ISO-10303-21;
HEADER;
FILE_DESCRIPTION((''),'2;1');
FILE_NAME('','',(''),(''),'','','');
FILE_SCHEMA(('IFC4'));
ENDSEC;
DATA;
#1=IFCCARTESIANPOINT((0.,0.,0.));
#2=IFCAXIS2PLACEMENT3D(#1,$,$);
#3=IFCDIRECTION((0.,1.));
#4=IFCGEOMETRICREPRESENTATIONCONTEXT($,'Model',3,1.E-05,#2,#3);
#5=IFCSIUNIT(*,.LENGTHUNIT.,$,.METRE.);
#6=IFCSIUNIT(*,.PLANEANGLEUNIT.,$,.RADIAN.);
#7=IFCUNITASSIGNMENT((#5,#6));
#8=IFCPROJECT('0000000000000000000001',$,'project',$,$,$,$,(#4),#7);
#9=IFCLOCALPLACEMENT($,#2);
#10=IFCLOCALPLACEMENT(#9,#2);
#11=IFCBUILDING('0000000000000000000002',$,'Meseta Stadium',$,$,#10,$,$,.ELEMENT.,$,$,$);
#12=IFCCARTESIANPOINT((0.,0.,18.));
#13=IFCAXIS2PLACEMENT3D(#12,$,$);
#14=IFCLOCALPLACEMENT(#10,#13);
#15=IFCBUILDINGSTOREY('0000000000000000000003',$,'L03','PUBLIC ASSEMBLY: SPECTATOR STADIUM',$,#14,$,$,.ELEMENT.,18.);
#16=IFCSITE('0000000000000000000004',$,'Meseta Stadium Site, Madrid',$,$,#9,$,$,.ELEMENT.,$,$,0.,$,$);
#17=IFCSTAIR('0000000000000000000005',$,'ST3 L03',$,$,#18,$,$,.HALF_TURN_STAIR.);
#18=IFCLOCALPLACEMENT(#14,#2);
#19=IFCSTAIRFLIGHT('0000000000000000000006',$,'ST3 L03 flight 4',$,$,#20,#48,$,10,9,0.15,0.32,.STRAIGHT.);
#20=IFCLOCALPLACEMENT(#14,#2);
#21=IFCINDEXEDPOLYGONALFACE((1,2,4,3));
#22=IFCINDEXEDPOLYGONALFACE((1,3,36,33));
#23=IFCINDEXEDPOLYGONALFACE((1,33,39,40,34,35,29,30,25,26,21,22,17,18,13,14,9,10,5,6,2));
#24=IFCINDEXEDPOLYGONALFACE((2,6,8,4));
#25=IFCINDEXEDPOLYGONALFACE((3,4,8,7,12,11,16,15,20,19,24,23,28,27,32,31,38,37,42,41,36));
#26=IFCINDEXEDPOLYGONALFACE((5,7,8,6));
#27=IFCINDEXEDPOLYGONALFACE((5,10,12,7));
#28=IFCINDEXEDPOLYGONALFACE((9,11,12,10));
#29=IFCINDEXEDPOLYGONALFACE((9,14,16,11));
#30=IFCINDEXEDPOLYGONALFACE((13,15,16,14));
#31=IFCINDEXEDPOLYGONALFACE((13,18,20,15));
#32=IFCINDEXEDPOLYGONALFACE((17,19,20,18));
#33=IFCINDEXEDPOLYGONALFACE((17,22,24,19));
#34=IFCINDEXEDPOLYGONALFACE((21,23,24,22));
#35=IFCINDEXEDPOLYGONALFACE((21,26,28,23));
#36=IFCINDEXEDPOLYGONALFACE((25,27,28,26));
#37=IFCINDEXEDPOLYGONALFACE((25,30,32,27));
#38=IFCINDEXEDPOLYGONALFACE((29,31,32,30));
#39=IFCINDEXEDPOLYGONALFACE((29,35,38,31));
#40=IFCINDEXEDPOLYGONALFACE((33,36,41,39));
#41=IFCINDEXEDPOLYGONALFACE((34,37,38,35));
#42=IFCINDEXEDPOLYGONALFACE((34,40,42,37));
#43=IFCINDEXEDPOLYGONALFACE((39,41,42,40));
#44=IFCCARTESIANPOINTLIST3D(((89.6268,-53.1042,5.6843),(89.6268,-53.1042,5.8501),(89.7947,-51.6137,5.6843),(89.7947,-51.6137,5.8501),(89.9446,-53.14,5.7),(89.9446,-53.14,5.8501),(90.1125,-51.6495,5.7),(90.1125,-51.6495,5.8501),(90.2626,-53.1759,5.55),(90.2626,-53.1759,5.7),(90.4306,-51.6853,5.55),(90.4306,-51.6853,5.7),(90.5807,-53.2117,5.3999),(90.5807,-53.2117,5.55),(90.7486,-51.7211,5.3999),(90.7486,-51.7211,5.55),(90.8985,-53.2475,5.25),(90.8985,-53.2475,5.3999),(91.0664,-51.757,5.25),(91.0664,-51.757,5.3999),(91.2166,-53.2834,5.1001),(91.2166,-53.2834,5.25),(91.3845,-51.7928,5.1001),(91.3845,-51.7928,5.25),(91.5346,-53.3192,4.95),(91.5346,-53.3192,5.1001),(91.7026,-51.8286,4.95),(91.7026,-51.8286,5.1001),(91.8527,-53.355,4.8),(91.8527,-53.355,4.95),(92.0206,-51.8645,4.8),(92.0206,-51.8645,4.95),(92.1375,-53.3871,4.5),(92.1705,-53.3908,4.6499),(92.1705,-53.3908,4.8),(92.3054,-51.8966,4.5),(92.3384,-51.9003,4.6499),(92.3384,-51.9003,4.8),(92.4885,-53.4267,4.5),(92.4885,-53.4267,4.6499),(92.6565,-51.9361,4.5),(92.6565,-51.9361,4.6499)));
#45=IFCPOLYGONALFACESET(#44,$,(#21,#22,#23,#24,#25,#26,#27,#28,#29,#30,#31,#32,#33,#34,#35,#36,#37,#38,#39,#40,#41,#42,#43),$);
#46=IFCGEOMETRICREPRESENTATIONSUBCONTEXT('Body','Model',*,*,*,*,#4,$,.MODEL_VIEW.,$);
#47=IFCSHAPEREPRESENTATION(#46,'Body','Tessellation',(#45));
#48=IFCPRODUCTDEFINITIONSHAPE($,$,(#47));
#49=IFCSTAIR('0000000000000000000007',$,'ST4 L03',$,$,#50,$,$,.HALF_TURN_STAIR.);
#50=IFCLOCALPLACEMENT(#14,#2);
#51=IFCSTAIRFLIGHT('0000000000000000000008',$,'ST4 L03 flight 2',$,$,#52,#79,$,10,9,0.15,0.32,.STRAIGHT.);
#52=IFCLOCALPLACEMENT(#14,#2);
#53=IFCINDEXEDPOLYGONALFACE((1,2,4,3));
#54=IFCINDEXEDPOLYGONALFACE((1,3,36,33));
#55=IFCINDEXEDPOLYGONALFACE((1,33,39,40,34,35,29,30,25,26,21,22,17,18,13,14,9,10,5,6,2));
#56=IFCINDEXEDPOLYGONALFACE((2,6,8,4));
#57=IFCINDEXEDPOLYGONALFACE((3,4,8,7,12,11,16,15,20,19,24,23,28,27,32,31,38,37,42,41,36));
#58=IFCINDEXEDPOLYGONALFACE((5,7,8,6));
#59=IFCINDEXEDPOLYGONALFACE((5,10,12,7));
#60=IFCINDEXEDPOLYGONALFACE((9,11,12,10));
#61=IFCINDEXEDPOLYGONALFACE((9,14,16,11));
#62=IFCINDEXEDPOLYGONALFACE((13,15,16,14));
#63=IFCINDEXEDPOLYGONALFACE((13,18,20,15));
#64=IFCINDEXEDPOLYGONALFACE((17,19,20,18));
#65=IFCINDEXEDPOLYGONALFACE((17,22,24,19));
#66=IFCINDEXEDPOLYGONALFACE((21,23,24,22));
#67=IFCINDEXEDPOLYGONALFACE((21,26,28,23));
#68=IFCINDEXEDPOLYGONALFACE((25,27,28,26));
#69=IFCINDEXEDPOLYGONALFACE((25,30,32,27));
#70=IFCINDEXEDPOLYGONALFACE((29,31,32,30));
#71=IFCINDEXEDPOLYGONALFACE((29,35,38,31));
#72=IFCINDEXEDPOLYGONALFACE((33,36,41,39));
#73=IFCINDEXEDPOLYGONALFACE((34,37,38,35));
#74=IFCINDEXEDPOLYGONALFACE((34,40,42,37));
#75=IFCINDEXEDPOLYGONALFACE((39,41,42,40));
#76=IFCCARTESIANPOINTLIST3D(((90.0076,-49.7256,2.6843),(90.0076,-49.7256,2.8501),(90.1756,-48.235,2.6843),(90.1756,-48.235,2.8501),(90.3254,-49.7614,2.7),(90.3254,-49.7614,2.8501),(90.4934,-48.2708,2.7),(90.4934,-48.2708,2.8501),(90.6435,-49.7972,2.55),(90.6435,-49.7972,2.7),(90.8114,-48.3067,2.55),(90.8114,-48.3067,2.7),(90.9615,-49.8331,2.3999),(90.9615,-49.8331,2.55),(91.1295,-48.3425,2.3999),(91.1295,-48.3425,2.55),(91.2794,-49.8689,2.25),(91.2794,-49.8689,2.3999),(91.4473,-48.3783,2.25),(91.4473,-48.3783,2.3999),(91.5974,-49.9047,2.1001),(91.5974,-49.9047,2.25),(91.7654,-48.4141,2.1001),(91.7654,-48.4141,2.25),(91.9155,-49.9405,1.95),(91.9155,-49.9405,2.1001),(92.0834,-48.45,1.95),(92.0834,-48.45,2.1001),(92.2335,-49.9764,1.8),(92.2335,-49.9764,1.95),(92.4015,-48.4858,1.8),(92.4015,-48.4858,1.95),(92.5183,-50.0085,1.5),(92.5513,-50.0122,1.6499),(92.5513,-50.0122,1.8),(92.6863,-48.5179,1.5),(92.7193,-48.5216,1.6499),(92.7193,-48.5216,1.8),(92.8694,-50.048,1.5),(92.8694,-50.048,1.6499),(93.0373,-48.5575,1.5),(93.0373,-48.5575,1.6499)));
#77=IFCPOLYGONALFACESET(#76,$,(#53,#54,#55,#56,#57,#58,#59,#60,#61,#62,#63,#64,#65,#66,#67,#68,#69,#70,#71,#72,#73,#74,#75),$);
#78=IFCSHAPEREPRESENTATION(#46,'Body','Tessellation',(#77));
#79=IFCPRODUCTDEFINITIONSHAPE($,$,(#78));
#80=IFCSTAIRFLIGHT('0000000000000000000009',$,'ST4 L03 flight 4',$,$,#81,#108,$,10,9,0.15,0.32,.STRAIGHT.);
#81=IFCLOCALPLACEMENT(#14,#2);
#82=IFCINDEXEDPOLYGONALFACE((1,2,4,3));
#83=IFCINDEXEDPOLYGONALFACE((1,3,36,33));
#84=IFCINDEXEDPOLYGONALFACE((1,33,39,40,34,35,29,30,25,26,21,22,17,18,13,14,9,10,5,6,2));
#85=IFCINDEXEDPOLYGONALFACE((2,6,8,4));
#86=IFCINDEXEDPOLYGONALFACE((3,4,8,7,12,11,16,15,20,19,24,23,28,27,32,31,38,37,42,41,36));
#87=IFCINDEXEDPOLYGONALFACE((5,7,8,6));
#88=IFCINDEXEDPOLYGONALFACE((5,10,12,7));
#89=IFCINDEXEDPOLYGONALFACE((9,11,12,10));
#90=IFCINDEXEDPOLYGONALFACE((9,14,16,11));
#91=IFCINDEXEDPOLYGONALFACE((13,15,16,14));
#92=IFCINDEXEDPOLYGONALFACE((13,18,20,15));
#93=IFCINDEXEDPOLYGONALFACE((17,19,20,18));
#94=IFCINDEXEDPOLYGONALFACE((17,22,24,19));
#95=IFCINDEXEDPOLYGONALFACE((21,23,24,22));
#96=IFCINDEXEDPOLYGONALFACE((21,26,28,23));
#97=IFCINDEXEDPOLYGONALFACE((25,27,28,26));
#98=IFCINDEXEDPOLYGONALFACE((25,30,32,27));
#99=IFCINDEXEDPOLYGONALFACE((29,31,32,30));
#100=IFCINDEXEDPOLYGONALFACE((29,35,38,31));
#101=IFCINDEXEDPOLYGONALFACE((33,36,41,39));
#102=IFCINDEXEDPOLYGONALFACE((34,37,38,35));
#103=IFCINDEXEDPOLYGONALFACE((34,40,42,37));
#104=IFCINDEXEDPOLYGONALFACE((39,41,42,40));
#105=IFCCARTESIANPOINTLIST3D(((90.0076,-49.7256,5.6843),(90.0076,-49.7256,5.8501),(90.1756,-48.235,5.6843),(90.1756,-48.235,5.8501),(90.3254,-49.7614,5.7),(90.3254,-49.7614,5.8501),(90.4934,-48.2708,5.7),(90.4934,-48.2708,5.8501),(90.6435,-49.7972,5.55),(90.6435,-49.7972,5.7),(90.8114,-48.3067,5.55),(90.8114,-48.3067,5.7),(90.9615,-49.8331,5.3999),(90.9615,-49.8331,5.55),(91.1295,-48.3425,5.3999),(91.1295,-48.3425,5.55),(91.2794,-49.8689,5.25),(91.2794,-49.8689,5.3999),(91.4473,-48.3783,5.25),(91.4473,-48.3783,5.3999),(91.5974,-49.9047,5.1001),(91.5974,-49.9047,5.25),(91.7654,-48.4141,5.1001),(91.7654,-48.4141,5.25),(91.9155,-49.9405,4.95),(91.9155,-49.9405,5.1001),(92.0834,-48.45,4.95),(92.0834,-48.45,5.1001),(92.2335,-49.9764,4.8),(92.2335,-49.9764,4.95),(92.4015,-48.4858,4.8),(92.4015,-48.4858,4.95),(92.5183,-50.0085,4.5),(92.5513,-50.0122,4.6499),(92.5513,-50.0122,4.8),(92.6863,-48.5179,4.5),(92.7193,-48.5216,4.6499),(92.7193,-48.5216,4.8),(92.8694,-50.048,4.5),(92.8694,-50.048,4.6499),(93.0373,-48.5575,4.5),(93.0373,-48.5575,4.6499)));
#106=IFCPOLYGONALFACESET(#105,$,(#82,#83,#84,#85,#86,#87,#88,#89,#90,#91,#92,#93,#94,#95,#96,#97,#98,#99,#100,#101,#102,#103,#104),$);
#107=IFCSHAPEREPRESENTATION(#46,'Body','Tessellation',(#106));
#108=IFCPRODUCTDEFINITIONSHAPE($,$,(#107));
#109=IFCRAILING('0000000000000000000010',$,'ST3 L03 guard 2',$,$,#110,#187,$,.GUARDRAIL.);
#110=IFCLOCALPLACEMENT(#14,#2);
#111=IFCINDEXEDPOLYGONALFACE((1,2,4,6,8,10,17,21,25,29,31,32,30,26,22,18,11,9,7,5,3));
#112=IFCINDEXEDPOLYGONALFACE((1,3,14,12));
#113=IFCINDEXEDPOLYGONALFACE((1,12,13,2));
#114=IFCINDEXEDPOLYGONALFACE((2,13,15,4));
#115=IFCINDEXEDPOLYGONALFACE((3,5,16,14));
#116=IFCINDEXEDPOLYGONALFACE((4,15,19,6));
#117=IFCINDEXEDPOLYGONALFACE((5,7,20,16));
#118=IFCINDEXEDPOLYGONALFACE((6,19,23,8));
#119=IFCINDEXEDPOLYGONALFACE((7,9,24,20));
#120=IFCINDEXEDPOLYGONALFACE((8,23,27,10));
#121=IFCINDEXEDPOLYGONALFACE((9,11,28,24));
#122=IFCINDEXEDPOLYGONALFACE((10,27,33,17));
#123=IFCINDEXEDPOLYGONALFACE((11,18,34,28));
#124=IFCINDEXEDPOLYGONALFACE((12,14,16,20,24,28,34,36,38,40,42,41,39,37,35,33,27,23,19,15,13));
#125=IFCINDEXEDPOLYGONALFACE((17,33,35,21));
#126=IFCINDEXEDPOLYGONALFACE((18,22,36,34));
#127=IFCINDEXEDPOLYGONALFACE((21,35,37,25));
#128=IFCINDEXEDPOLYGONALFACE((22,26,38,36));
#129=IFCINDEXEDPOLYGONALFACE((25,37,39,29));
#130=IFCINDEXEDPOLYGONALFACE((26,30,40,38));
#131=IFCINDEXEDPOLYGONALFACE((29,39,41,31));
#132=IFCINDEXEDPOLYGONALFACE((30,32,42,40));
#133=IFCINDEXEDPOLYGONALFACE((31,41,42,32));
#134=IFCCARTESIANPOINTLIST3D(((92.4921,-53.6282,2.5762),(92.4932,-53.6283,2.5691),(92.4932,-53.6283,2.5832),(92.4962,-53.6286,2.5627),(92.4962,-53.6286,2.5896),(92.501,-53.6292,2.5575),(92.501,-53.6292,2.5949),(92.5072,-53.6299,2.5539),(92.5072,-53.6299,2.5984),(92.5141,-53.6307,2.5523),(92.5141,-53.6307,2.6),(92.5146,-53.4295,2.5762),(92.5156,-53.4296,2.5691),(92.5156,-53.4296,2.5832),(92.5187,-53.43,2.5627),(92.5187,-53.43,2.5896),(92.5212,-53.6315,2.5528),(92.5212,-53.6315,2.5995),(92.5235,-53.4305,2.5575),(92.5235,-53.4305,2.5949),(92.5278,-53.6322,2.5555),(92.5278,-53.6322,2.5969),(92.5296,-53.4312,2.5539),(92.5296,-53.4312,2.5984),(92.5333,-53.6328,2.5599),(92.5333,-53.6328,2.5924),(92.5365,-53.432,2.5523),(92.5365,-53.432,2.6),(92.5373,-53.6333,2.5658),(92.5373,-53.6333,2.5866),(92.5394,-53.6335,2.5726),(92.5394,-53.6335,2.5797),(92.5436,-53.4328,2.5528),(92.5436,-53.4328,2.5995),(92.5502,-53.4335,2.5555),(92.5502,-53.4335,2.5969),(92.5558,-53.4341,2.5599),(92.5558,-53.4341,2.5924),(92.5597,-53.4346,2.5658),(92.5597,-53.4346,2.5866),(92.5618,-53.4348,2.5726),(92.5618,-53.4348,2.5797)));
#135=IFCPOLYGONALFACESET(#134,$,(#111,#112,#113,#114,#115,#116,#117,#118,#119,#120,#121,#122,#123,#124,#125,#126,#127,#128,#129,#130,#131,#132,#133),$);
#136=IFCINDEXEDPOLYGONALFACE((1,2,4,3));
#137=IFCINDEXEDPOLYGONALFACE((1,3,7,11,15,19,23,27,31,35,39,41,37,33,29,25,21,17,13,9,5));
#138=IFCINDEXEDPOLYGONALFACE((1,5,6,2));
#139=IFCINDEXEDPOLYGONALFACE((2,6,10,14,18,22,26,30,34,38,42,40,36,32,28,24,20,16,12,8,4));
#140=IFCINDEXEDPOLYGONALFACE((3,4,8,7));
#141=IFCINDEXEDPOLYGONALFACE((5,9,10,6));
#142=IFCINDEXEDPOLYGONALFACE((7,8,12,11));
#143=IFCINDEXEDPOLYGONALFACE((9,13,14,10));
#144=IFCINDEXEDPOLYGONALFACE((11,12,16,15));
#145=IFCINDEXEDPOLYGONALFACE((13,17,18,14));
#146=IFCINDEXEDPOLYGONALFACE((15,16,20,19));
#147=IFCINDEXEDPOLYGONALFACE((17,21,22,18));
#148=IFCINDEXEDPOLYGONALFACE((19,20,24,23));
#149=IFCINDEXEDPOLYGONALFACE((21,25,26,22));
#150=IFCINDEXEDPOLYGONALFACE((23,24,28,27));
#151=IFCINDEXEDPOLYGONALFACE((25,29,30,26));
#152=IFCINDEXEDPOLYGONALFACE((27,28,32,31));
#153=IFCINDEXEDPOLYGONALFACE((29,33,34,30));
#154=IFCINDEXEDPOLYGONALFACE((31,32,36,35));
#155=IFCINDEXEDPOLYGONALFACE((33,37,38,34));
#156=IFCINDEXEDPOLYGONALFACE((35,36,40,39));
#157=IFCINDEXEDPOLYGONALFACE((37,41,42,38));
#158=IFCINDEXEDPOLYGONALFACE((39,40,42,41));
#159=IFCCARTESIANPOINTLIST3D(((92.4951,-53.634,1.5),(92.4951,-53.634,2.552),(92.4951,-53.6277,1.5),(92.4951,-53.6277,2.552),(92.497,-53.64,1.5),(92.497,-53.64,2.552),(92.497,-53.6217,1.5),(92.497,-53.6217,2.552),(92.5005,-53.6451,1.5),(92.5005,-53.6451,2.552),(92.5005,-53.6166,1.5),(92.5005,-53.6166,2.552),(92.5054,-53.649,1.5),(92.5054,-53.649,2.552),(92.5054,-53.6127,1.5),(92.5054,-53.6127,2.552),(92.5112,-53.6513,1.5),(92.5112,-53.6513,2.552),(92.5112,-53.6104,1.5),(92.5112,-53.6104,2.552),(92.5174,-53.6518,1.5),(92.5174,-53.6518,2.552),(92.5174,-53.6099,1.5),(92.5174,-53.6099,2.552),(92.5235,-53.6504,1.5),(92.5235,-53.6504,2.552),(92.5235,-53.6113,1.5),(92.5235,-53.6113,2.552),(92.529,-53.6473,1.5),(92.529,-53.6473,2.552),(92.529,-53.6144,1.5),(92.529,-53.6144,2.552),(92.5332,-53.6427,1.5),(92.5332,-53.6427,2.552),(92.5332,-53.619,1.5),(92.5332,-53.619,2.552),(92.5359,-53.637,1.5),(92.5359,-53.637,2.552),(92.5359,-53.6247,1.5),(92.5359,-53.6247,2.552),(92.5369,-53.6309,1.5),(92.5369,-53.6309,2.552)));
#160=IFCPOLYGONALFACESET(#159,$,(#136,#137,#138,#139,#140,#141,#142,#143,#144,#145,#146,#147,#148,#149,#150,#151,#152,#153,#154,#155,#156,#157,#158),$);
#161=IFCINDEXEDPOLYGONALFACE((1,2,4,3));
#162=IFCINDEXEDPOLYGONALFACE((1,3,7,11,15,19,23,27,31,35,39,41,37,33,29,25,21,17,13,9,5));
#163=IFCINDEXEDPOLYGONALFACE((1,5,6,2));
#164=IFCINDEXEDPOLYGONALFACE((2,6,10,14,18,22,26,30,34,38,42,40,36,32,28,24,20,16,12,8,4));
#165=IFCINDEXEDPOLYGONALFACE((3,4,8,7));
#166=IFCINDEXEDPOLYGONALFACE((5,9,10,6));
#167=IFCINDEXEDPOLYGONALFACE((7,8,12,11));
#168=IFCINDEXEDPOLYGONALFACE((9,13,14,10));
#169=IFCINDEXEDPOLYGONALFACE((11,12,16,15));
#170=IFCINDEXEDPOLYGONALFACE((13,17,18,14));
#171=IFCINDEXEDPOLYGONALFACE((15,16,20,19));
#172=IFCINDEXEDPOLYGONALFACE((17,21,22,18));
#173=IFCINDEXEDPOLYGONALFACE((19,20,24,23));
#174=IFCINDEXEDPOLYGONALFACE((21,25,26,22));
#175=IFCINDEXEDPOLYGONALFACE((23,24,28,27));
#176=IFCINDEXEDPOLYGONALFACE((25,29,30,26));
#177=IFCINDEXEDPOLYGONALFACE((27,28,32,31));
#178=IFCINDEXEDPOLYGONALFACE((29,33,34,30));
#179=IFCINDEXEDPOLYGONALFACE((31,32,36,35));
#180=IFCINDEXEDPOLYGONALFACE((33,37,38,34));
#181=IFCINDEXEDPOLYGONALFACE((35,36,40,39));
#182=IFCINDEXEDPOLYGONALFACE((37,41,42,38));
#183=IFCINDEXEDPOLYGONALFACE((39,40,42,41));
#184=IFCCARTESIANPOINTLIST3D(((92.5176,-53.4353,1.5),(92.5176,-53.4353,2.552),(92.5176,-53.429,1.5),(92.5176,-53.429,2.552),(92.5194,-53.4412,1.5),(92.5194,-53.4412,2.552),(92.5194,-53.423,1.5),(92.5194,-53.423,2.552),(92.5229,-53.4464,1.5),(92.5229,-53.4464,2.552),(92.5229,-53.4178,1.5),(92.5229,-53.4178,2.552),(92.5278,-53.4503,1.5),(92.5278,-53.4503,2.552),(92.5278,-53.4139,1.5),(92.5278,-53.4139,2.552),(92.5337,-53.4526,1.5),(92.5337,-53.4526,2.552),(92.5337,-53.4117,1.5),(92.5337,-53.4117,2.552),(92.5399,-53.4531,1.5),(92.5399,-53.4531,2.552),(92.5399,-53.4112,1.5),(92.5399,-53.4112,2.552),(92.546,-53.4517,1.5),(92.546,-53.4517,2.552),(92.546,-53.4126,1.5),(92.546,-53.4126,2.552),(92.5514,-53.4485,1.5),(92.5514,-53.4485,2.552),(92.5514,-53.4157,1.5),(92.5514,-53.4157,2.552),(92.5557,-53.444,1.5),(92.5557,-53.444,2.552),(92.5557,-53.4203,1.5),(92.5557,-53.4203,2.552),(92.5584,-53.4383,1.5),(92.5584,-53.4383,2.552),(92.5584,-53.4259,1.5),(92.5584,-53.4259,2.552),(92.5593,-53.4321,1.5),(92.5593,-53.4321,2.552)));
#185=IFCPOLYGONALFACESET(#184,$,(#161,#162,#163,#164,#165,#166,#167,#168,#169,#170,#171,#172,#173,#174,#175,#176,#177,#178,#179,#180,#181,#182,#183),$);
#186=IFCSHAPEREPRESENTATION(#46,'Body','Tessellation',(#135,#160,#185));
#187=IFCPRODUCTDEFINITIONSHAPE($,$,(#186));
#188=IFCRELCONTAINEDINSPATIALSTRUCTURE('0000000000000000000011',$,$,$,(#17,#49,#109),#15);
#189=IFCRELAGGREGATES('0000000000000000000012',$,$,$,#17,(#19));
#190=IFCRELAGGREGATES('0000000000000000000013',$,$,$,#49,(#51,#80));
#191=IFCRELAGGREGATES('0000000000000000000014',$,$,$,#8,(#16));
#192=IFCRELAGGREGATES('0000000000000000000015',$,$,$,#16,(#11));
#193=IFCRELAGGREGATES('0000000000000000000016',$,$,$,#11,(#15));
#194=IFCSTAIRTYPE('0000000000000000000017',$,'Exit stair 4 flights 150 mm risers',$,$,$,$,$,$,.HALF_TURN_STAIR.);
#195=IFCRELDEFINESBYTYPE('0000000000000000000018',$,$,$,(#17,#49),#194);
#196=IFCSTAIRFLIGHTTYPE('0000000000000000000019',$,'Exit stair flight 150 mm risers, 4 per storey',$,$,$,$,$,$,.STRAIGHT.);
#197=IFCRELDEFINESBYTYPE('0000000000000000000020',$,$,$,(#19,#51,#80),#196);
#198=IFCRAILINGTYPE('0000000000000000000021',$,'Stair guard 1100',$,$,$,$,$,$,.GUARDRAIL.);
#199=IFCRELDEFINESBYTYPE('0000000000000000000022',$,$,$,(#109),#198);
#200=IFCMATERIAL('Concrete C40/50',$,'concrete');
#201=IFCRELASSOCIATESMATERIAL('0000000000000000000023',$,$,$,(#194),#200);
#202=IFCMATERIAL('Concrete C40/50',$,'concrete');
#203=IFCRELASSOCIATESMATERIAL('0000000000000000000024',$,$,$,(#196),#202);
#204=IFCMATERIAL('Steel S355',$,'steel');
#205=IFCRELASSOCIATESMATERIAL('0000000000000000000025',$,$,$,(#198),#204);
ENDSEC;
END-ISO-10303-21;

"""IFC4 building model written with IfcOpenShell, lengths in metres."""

from ifc_helpers import new_model, si_unit, direction, frame, origin, origin_2d, place, context, subcontext, project, spatial, polyline, circle, outline, extrude, material, type_object, element, aggregate, save


model = new_model("IFC4")

# Units and contexts
model_context = context("Model", 3, precision=1e-05, world=origin(), true_north=direction((0.0, 1.0)))
body_context = subcontext(model_context, "Body", "Model", "MODEL_VIEW")
ifc_project = project(units=[si_unit("LENGTHUNIT", "METRE"), si_unit("PLANEANGLEUNIT", "RADIAN")], contexts=[model_context])

# Site, building, storey
site_placement = place(None, origin())
site = spatial("IfcSite", under=ifc_project, at=site_placement, Name="Meseta Stadium Site, Madrid", CompositionType="ELEMENT", RefElevation=0.0)
building_placement = place(site_placement, origin())
building = spatial("IfcBuilding", under=site, at=building_placement, Name="Meseta Stadium", CompositionType="ELEMENT")
storey_placement = place(building_placement, frame((0.0, 0.0, 18.0)))
storey = spatial("IfcBuildingStorey", under=building, at=storey_placement, Name="L03", Description="PUBLIC ASSEMBLY: SPECTATOR STADIUM", CompositionType="ELEMENT", Elevation=18.0)

# Stairs, stair flights
ifc_material_1 = material(Name="Concrete C40/50", Category="concrete")
stair_type = type_object("IfcStairType", Name="Exit stair 4 flights 150 mm risers", PredefinedType="HALF_TURN_STAIR", material=ifc_material_1)
stair_1_placement = place(storey_placement, origin())
stair_1 = element("IfcStair", 1, at=stair_1_placement, inside=storey, type_object=stair_type, Name="ST3 L03", PredefinedType="HALF_TURN_STAIR")
ifc_material_2 = material(Name="Concrete C40/50", Category="concrete")
stair_flight_type = type_object("IfcStairFlightType", Name="Exit stair flight 150 mm risers, 4 per storey", PredefinedType="STRAIGHT", material=ifc_material_2)
stair_flight_1_placement = place(storey_placement, frame((92.5725, -52.6814, 4.5), z_axis=(0.0, 0.0, 1.0), x_axis=(-0.993712, 0.111964, 0.0)))
stair_flight_1 = element("IfcStairFlight", 2, at=stair_flight_1_placement, type_object=stair_flight_type, Name="ST3 L03 flight 4", NumberOfRisers=10, NumberOfTreads=9, PredefinedType="STRAIGHT", RiserHeight=0.15, TreadLength=0.32, context=body_context, shape_type="SweptSolid", body=[
    extrude(outline(polyline([(0.0, 0.0), (0.0, 0.1499), (0.3201, 0.1499), (0.3201, 0.3), (0.6399, 0.3), (0.6399, 0.45), (0.96, 0.45), (0.96, 0.6001), (1.28, 0.6001), (1.28, 0.75), (1.6001, 0.75), (1.6001, 0.8999), (1.9199, 0.8999), (1.9199, 1.05), (2.24, 1.05), (2.24, 1.2), (2.5601, 1.2), (2.5601, 1.3501), (2.8799, 1.3501), (2.8799, 1.1843), (0.3533, 0.0), (0.0, 0.0)])), frame((0.0, 0.75, 0.0), z_axis=(0.0, -1.0, 0.0), x_axis=(1.0, 0.0, 0.0)), (0.0, 0.0, 1.0), 1.5),
])
aggregate(stair_1, [stair_flight_1])
stair_2_placement = place(storey_placement, origin())
stair_2 = element("IfcStair", 3, at=stair_2_placement, inside=storey, type_object=stair_type, Name="ST4 L03", PredefinedType="HALF_TURN_STAIR")
stair_flight_2_placement = place(storey_placement, frame((92.9534, -49.3027, 1.5), z_axis=(0.0, 0.0, 1.0), x_axis=(-0.993712, 0.111964, 0.0)))
stair_flight_2 = element("IfcStairFlight", 4, at=stair_flight_2_placement, type_object=stair_flight_type, Name="ST4 L03 flight 2", NumberOfRisers=10, NumberOfTreads=9, PredefinedType="STRAIGHT", RiserHeight=0.15, TreadLength=0.32, context=body_context, shape_type="SweptSolid", body=[
    extrude(outline(polyline([(0.0, 0.0), (0.0, 0.1499), (0.3201, 0.1499), (0.3201, 0.3), (0.6399, 0.3), (0.6399, 0.45), (0.96, 0.45), (0.96, 0.6001), (1.28, 0.6001), (1.28, 0.75), (1.6001, 0.75), (1.6001, 0.8999), (1.9199, 0.8999), (1.9199, 1.05), (2.24, 1.05), (2.24, 1.2), (2.5601, 1.2), (2.5601, 1.3501), (2.8799, 1.3501), (2.8799, 1.1843), (0.3533, 0.0), (0.0, 0.0)])), frame((0.0, 0.75, 0.0), z_axis=(0.0, -1.0, 0.0), x_axis=(1.0, 0.0, 0.0)), (0.0, 0.0, 1.0), 1.5),
])
stair_flight_3_placement = place(storey_placement, frame((92.9534, -49.3027, 4.5), z_axis=(0.0, 0.0, 1.0), x_axis=(-0.993712, 0.111964, 0.0)))
stair_flight_3 = element("IfcStairFlight", 5, at=stair_flight_3_placement, type_object=stair_flight_type, Name="ST4 L03 flight 4", NumberOfRisers=10, NumberOfTreads=9, PredefinedType="STRAIGHT", RiserHeight=0.15, TreadLength=0.32, context=body_context, shape_type="SweptSolid", body=[
    extrude(outline(polyline([(0.0, 0.0), (0.0, 0.1499), (0.3201, 0.1499), (0.3201, 0.3), (0.6399, 0.3), (0.6399, 0.45), (0.96, 0.45), (0.96, 0.6001), (1.28, 0.6001), (1.28, 0.75), (1.6001, 0.75), (1.6001, 0.8999), (1.9199, 0.8999), (1.9199, 1.05), (2.24, 1.05), (2.24, 1.2), (2.5601, 1.2), (2.5601, 1.3501), (2.8799, 1.3501), (2.8799, 1.1843), (0.3533, 0.0), (0.0, 0.0)])), frame((0.0, 0.75, 0.0), z_axis=(0.0, -1.0, 0.0), x_axis=(1.0, 0.0, 0.0)), (0.0, 0.0, 1.0), 1.5),
])
aggregate(stair_2, [stair_flight_2, stair_flight_3])

# Railing
ifc_material_3 = material(Name="Steel S355", Category="steel")
railing_type_1 = type_object("IfcRailingType", Name="Stair guard 1100", PredefinedType="GUARDRAIL", material=ifc_material_3)
railing_1_placement = place(storey_placement, frame((92.5159, -53.6309, 1.5)))
element("IfcRailing", 6, at=railing_1_placement, inside=storey, type_object=railing_type_1, Name="ST3 L03 guard 2", PredefinedType="GUARDRAIL", context=body_context, shape_type="SweptSolid", body=[
    extrude(circle(Radius=0.0239, at=origin_2d()), frame((0.0, 0.0, 1.0762), z_axis=(0.112307, 0.993674, 0.0), x_axis=(-0.993674, 0.112307, 0.0)), (0.0, 0.0, 1.0), 0.2),
    extrude(circle(Radius=0.021, at=origin_2d()), origin(), (0.0, 0.0, 1.0), 1.052),
    extrude(circle(Radius=0.021, at=origin_2d()), frame((0.0225, 0.1987, 0.0)), (0.0, 0.0, 1.0), 1.052),
])

save(model, "model.ifc")
